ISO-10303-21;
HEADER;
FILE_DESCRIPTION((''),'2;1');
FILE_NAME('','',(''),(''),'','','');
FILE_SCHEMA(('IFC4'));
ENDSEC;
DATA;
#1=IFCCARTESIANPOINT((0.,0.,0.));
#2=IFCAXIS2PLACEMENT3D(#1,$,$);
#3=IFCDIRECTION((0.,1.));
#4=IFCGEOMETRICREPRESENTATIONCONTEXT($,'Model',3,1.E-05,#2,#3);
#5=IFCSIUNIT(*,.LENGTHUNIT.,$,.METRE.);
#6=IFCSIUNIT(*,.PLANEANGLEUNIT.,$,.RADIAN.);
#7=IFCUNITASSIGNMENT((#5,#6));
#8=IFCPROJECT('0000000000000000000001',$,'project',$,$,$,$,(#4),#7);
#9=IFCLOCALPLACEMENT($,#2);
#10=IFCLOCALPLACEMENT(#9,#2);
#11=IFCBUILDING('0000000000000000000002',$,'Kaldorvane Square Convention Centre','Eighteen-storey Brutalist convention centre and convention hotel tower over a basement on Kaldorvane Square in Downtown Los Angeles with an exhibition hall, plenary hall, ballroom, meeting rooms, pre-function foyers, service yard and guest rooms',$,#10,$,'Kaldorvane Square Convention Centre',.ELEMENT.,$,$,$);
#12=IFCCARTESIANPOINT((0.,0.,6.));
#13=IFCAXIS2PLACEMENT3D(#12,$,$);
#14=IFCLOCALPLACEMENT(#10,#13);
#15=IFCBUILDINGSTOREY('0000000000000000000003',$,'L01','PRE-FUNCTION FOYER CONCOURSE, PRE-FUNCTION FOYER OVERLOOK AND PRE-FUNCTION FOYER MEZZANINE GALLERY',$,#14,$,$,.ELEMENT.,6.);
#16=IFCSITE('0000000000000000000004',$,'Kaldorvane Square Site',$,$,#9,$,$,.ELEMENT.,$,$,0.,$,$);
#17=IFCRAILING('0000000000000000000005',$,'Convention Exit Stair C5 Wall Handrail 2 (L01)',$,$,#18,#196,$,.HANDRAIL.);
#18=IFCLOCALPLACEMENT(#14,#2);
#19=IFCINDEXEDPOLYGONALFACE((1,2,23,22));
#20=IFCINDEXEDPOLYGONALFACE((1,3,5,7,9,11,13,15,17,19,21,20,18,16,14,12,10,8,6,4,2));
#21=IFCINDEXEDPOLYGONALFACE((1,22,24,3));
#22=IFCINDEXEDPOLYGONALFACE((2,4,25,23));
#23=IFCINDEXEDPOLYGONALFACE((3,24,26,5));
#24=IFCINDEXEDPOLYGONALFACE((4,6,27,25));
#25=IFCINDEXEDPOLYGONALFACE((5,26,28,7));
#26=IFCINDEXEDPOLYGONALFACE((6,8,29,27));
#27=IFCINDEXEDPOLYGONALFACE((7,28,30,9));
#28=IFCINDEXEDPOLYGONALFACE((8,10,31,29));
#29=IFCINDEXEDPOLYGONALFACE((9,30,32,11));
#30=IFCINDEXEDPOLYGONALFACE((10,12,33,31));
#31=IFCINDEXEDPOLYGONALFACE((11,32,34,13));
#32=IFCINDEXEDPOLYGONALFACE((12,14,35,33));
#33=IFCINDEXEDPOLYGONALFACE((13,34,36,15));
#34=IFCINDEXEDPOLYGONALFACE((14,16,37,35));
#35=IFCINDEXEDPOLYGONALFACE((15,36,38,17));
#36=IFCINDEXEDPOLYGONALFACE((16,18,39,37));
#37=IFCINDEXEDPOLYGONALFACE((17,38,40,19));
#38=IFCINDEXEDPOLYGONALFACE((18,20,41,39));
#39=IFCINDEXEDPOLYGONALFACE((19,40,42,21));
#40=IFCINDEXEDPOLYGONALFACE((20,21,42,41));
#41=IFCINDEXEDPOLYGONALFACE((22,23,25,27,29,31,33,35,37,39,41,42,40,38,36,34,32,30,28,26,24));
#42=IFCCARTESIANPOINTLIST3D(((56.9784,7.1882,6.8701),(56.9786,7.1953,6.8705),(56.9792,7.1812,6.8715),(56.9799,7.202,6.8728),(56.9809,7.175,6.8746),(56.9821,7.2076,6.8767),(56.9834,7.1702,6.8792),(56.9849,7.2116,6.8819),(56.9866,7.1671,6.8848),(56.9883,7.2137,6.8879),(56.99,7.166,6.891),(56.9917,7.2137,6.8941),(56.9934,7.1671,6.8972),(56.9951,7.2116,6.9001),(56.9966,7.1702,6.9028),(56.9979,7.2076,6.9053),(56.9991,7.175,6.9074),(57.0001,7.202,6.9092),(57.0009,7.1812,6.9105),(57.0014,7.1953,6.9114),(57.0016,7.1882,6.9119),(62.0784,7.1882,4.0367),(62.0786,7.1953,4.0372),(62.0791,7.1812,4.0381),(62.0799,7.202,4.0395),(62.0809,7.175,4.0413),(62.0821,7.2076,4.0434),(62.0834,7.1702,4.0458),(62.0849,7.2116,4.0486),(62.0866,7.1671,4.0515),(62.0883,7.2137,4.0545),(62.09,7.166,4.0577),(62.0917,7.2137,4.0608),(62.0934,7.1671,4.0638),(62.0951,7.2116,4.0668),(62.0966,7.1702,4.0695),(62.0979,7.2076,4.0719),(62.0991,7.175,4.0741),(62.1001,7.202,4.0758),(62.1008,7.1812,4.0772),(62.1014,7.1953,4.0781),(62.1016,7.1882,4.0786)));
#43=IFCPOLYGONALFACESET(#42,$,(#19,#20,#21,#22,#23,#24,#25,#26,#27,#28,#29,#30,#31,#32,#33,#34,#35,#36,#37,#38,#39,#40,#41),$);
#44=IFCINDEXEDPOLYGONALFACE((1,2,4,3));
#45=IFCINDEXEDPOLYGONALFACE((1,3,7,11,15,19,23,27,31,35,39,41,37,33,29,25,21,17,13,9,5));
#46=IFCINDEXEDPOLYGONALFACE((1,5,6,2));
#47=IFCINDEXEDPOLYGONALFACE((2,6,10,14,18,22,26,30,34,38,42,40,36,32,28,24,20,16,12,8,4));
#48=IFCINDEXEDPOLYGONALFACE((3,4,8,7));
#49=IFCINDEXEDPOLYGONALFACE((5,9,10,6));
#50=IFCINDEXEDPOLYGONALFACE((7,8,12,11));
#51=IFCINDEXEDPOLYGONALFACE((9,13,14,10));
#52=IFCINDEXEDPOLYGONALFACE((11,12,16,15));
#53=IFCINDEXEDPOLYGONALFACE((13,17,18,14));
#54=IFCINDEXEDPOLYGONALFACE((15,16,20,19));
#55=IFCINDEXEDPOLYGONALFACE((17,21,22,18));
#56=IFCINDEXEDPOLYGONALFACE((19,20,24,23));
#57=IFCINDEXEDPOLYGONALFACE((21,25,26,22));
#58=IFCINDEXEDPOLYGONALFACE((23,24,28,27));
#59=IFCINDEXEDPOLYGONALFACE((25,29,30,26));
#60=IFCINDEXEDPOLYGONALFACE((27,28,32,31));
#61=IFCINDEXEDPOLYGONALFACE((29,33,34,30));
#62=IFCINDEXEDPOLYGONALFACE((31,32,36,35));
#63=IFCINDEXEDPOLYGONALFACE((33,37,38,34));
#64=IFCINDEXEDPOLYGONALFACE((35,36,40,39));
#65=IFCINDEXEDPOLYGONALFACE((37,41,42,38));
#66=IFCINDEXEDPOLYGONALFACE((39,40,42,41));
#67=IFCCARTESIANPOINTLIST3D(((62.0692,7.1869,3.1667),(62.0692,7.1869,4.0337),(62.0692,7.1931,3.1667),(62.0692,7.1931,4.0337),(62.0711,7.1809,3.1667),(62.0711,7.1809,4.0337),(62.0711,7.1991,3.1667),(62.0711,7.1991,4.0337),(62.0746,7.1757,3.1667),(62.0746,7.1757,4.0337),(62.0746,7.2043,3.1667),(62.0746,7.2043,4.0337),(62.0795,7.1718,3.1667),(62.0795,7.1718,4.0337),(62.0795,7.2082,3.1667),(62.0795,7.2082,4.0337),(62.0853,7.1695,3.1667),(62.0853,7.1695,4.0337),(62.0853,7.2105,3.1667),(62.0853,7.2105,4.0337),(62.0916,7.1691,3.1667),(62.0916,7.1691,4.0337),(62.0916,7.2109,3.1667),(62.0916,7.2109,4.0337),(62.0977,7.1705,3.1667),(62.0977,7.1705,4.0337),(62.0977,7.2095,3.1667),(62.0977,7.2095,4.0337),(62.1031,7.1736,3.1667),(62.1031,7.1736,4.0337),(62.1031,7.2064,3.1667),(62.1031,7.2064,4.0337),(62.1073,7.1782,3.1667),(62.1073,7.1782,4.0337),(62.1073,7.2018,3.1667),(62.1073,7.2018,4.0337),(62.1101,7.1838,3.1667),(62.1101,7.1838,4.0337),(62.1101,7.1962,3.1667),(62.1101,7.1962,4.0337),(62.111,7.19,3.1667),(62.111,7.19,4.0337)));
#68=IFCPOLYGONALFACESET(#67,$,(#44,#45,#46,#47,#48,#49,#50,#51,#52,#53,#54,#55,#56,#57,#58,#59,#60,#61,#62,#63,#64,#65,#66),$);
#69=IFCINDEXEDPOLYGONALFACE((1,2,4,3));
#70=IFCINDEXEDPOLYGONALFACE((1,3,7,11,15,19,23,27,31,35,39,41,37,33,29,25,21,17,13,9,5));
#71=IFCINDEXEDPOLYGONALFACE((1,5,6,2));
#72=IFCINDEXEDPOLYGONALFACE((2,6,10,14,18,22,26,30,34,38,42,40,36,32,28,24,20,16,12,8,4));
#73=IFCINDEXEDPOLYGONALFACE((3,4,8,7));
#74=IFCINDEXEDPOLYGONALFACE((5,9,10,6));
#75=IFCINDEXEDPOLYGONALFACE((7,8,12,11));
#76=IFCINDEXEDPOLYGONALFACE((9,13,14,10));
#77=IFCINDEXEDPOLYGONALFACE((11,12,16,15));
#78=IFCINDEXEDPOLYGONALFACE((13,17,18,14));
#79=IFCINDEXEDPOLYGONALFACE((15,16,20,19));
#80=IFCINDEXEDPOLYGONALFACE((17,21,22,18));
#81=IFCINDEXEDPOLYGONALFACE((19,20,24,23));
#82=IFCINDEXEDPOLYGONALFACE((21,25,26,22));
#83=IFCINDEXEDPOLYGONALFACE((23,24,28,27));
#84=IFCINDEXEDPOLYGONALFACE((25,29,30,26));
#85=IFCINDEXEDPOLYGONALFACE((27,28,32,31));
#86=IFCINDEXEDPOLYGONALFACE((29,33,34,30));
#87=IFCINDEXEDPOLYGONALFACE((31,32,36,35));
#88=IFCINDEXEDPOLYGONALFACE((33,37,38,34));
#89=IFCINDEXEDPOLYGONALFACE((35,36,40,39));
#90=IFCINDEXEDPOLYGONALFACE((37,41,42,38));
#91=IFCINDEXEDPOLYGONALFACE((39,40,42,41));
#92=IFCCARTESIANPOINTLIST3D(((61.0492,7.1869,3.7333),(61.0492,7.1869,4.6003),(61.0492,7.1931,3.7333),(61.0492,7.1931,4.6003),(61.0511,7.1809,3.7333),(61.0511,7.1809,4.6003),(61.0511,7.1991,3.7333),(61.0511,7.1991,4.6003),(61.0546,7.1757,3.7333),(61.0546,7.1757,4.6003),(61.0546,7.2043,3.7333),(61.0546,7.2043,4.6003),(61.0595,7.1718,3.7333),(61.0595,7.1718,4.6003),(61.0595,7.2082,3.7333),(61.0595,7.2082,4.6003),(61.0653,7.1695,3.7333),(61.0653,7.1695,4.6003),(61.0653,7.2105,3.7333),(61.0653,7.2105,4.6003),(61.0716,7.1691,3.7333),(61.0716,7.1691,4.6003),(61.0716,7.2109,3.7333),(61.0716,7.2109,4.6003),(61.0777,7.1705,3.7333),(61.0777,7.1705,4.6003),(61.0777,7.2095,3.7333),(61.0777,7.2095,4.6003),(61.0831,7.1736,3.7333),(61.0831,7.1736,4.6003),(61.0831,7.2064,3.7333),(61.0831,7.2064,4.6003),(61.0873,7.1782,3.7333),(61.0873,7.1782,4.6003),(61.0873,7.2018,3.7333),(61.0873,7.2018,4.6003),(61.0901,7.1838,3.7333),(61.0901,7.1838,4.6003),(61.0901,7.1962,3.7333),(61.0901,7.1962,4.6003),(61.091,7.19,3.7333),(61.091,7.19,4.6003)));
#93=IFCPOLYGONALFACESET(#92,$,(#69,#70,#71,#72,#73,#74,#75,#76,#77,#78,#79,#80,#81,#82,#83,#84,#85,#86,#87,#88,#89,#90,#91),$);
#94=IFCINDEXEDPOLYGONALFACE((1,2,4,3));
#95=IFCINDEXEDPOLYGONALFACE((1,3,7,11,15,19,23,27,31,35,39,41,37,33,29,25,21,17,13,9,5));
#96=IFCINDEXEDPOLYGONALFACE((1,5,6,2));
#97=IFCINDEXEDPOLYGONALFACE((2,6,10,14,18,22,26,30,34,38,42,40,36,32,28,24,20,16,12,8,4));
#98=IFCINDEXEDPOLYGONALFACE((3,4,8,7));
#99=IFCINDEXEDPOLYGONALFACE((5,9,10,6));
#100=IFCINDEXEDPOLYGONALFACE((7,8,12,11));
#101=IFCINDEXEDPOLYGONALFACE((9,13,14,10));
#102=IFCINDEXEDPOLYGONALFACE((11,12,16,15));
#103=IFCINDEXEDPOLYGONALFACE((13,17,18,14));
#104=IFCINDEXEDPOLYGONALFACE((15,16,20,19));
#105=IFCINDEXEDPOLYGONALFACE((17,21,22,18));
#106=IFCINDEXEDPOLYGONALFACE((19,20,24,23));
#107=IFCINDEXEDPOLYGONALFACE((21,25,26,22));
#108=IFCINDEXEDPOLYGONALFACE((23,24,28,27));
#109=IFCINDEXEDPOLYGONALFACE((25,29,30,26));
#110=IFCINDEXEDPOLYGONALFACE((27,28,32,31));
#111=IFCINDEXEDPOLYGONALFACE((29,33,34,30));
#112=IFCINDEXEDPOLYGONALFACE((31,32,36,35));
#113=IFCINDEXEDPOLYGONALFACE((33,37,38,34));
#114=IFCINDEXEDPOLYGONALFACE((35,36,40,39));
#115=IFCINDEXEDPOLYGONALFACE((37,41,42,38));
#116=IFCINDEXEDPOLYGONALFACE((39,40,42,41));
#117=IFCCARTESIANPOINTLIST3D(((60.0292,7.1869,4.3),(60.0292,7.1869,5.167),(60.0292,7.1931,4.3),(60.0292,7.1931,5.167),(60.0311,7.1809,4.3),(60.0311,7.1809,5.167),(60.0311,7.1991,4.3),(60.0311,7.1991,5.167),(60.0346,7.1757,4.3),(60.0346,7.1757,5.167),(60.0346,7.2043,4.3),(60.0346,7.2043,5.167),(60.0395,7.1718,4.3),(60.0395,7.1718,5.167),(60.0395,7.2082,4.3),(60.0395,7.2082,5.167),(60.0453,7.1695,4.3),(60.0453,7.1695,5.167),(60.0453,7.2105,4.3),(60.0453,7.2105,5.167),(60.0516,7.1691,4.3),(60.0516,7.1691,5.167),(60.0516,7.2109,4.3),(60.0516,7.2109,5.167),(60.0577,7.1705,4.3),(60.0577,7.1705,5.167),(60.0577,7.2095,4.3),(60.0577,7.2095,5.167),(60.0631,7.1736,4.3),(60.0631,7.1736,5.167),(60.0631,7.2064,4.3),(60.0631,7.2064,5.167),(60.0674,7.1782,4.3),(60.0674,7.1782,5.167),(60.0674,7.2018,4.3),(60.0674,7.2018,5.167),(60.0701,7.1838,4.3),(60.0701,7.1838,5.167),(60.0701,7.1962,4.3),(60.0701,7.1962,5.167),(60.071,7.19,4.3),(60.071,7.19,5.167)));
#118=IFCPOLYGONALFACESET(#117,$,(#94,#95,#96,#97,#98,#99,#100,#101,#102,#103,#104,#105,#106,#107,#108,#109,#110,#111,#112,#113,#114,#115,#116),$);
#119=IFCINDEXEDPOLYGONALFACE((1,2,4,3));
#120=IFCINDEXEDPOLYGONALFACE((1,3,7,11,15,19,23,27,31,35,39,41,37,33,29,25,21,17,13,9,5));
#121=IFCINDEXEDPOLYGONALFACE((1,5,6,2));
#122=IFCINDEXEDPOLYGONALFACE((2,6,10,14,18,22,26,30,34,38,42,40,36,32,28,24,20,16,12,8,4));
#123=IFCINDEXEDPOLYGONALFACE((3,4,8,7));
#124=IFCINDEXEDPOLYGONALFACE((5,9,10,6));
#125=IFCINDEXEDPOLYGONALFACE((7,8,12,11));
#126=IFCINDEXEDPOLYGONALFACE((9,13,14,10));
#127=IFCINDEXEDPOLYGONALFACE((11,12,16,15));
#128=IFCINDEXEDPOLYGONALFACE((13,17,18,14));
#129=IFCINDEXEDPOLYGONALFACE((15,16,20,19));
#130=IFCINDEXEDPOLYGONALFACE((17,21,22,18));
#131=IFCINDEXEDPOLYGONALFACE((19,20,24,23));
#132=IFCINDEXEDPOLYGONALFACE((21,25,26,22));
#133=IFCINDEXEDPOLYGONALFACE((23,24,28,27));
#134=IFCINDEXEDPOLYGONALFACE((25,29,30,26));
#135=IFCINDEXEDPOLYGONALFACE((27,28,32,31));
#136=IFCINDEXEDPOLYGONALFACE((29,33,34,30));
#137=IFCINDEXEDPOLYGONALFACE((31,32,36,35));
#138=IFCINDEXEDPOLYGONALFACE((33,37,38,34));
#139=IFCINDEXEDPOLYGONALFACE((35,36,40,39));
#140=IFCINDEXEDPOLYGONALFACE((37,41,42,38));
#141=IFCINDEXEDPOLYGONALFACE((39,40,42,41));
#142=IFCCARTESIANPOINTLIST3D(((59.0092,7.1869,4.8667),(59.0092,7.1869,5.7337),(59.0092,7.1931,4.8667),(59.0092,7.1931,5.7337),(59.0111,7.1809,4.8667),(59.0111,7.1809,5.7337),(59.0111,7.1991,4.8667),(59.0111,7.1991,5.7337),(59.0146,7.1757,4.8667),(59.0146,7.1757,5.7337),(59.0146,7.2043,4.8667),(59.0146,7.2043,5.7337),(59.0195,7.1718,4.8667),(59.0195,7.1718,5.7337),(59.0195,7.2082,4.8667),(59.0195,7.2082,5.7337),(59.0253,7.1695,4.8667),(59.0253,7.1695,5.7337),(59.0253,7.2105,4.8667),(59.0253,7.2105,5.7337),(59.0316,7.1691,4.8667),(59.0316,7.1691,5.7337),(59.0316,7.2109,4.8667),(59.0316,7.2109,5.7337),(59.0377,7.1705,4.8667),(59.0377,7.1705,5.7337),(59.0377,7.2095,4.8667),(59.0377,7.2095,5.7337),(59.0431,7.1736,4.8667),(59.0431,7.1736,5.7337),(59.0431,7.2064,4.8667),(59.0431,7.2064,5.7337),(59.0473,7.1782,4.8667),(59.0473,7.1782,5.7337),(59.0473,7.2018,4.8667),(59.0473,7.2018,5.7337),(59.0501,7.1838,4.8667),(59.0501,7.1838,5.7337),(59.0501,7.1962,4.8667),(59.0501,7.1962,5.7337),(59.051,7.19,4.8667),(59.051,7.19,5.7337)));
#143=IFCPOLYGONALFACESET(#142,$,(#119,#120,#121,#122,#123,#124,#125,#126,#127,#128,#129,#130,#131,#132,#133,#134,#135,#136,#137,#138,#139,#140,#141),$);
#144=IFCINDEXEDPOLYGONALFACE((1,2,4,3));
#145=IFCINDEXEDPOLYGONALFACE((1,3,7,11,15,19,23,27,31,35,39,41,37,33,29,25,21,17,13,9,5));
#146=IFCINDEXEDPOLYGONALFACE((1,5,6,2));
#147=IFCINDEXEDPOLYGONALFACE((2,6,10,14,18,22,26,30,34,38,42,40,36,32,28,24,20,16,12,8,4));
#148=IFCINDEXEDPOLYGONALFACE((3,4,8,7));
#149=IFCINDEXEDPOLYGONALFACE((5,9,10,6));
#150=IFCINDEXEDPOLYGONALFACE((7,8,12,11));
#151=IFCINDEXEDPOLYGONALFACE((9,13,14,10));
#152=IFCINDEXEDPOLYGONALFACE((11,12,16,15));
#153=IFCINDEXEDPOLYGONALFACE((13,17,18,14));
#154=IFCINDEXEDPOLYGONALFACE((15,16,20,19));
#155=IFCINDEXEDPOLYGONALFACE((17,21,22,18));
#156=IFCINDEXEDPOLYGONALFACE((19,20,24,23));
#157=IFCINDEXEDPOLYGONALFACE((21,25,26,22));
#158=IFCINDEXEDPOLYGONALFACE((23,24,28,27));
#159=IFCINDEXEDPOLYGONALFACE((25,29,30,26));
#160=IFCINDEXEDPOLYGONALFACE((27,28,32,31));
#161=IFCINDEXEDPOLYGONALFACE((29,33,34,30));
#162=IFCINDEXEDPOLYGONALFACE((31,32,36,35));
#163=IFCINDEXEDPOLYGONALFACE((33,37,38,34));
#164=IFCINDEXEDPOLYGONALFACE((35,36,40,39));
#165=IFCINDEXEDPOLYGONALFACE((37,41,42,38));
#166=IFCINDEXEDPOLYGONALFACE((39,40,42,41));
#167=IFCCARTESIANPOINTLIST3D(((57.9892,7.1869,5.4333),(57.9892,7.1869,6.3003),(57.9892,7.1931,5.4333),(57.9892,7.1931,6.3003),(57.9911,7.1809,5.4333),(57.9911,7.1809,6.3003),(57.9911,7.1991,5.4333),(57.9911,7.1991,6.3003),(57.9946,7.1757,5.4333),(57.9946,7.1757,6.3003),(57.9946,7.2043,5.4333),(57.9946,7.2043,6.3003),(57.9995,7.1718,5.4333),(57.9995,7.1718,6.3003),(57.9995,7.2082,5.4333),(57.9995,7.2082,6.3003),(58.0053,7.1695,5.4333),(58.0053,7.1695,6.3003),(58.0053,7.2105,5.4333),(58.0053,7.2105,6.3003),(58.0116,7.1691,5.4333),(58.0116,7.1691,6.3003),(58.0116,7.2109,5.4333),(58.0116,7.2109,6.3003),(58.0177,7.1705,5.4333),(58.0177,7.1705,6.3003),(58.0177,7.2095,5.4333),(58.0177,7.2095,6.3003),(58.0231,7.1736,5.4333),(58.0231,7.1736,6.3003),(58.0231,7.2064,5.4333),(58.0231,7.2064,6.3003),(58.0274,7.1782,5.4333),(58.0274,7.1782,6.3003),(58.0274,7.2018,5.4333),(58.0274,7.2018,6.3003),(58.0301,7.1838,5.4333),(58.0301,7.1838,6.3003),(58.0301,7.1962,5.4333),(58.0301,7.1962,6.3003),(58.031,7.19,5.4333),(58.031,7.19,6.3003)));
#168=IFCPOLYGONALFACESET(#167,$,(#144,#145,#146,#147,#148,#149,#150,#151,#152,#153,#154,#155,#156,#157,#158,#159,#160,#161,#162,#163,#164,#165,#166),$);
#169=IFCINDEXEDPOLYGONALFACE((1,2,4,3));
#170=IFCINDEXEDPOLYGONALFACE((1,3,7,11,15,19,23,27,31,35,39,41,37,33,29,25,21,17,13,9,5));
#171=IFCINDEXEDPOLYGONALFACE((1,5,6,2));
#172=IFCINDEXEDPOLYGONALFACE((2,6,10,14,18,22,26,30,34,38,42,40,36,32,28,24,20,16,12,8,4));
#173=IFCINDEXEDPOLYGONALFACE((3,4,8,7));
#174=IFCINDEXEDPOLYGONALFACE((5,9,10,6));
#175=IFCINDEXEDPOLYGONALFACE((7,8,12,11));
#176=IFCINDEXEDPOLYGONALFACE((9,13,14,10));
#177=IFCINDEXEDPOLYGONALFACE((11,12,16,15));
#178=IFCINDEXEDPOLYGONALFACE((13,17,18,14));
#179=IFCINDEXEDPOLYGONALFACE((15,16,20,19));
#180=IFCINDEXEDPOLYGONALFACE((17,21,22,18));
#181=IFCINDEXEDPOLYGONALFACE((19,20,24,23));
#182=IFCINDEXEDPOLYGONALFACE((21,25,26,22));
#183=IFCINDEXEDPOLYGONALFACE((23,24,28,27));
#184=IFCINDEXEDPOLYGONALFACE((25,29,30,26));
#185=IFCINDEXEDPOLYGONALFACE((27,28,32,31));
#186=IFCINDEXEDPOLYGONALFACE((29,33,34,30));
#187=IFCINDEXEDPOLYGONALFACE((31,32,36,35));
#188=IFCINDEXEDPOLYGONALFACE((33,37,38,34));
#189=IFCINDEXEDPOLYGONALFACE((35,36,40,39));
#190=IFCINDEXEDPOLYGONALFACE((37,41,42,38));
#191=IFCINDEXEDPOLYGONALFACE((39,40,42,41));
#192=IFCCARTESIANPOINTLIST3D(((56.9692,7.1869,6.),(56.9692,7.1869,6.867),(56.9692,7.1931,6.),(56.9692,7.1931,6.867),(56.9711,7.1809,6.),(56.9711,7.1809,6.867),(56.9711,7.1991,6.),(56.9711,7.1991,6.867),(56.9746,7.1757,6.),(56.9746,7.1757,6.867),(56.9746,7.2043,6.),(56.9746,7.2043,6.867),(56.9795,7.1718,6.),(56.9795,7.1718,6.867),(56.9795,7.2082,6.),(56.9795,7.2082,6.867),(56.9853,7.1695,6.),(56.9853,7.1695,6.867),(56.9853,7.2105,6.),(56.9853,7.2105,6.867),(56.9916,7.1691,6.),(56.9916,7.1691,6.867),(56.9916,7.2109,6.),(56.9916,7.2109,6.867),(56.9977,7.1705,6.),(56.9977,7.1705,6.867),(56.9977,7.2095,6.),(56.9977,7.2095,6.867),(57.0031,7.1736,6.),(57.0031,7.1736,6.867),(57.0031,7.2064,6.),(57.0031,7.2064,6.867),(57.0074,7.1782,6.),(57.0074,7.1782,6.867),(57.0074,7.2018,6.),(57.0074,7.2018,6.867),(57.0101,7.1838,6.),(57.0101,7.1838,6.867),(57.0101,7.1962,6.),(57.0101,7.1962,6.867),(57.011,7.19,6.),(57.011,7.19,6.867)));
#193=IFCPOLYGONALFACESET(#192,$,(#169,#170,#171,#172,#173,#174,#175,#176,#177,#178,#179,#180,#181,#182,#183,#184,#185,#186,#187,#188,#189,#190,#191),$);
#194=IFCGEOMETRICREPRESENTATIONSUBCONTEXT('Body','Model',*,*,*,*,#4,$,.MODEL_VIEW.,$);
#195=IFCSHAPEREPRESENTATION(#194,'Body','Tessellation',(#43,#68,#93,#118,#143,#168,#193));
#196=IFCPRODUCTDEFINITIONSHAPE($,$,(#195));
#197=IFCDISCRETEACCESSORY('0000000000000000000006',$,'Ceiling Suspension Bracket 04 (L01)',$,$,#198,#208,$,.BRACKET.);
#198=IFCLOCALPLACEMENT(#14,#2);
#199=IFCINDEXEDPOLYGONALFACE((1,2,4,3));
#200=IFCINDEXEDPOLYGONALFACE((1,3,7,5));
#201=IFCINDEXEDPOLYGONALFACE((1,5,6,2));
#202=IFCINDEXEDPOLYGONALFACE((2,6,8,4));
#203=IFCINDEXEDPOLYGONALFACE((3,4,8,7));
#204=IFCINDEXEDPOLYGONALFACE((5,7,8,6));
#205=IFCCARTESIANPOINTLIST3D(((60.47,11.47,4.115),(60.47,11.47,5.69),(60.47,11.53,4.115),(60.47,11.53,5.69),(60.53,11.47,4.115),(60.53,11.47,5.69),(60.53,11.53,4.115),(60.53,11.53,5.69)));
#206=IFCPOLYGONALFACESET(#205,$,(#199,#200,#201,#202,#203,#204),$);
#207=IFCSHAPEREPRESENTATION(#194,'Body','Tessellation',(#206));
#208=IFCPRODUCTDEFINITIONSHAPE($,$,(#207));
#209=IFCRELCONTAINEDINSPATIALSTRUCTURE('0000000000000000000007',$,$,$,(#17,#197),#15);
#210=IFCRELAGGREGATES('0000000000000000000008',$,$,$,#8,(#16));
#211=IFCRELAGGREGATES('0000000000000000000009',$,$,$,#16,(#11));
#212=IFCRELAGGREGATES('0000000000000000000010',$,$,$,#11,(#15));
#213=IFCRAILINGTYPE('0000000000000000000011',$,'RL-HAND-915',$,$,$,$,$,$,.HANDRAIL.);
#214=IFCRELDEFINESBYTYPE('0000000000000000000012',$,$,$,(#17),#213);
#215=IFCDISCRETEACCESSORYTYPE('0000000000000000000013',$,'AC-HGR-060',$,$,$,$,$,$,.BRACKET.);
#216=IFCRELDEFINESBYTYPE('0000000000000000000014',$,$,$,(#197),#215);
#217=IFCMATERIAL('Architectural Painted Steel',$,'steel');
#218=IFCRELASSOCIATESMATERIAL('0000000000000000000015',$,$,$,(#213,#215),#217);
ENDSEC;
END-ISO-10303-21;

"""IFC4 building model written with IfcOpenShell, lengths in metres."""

from ifc_helpers import new_model, si_unit, direction, frame, origin, origin_2d, place, context, subcontext, project, spatial, rectangle, circle, extrude, material, type_object, element, save


model = new_model("IFC4")

# Units and contexts
model_context = context("Model", 3, precision=1e-05, world=origin(), true_north=direction((0.0, 1.0)))
body_context = subcontext(model_context, "Body", "Model", "MODEL_VIEW")
ifc_project = project(units=[si_unit("LENGTHUNIT", "METRE"), si_unit("PLANEANGLEUNIT", "RADIAN")], contexts=[model_context])

# Site, building, storey
site_placement = place(None, origin())
site = spatial("IfcSite", under=ifc_project, at=site_placement, Name="Kaldorvane Square Site", CompositionType="ELEMENT", RefElevation=0.0)
building_placement = place(site_placement, origin())
building = spatial("IfcBuilding", under=site, at=building_placement, Name="Kaldorvane Square Convention Centre", Description="Eighteen-storey Brutalist convention centre and convention hotel tower over a basement on Kaldorvane Square in Downtown Los Angeles with an exhibition hall, plenary hall, ballroom, meeting rooms, pre-function foyers, service yard and guest rooms", LongName="Kaldorvane Square Convention Centre", CompositionType="ELEMENT")
storey_placement = place(building_placement, frame((0.0, 0.0, 6.0)))
storey = spatial("IfcBuildingStorey", under=building, at=storey_placement, Name="L01", Description="PRE-FUNCTION FOYER CONCOURSE, PRE-FUNCTION FOYER OVERLOOK AND PRE-FUNCTION FOYER MEZZANINE GALLERY", CompositionType="ELEMENT", Elevation=6.0)

# Railing
ifc_material_1 = material(Name="Architectural Painted Steel", Category="steel")
railing_type = type_object("IfcRailingType", Name="RL-HAND-915", PredefinedType="HANDRAIL", material=ifc_material_1)
railing_placement = place(storey_placement, frame((62.09, 7.19, 3.1667)))
element("IfcRailing", 1, at=railing_placement, inside=storey, type_object=railing_type, Name="Convention Exit Stair C5 Wall Handrail 2 (L01)", PredefinedType="HANDRAIL", context=body_context, shape_type="SweptSolid", body=[
    extrude(circle(Radius=0.024, at=origin_2d()), frame((0.0, 0.0, 0.891), z_axis=(-0.874157, 0.0, 0.485643), x_axis=(0.0, -1.0, 0.0)), (0.0, 0.0, 1.0), 5.8342),
    extrude(circle(Radius=0.021, at=origin_2d()), origin(), (0.0, 0.0, 1.0), 0.867),
    extrude(circle(Radius=0.021, at=origin_2d()), frame((-1.02, 0.0, 0.5667)), (0.0, 0.0, 1.0), 0.867),
    extrude(circle(Radius=0.021, at=origin_2d()), frame((-2.04, 0.0, 1.1333)), (0.0, 0.0, 1.0), 0.867),
    extrude(circle(Radius=0.021, at=origin_2d()), frame((-3.06, 0.0, 1.7)), (0.0, 0.0, 1.0), 0.867),
    extrude(circle(Radius=0.021, at=origin_2d()), frame((-4.08, 0.0, 2.2667)), (0.0, 0.0, 1.0), 0.867),
    extrude(circle(Radius=0.021, at=origin_2d()), frame((-5.1, 0.0, 2.8333)), (0.0, 0.0, 1.0), 0.867),
])

# Discrete accessory
discrete_accessory_type = type_object("IfcDiscreteAccessoryType", Name="AC-HGR-060", PredefinedType="BRACKET", material=ifc_material_1)
discrete_accessory_placement = place(storey_placement, frame((60.5, 11.5, 4.115), z_axis=(0.0, 0.0, 1.0), x_axis=(1.0, 0.0, 0.0)))
element("IfcDiscreteAccessory", 2, at=discrete_accessory_placement, inside=storey, type_object=discrete_accessory_type, Name="Ceiling Suspension Bracket 04 (L01)", PredefinedType="BRACKET", context=body_context, shape_type="SweptSolid", body=[
    extrude(rectangle(XDim=0.06, YDim=0.06, at=origin_2d()), origin(), (0.0, 0.0, 1.0), 1.575),
])

save(model, "model.ifc")
